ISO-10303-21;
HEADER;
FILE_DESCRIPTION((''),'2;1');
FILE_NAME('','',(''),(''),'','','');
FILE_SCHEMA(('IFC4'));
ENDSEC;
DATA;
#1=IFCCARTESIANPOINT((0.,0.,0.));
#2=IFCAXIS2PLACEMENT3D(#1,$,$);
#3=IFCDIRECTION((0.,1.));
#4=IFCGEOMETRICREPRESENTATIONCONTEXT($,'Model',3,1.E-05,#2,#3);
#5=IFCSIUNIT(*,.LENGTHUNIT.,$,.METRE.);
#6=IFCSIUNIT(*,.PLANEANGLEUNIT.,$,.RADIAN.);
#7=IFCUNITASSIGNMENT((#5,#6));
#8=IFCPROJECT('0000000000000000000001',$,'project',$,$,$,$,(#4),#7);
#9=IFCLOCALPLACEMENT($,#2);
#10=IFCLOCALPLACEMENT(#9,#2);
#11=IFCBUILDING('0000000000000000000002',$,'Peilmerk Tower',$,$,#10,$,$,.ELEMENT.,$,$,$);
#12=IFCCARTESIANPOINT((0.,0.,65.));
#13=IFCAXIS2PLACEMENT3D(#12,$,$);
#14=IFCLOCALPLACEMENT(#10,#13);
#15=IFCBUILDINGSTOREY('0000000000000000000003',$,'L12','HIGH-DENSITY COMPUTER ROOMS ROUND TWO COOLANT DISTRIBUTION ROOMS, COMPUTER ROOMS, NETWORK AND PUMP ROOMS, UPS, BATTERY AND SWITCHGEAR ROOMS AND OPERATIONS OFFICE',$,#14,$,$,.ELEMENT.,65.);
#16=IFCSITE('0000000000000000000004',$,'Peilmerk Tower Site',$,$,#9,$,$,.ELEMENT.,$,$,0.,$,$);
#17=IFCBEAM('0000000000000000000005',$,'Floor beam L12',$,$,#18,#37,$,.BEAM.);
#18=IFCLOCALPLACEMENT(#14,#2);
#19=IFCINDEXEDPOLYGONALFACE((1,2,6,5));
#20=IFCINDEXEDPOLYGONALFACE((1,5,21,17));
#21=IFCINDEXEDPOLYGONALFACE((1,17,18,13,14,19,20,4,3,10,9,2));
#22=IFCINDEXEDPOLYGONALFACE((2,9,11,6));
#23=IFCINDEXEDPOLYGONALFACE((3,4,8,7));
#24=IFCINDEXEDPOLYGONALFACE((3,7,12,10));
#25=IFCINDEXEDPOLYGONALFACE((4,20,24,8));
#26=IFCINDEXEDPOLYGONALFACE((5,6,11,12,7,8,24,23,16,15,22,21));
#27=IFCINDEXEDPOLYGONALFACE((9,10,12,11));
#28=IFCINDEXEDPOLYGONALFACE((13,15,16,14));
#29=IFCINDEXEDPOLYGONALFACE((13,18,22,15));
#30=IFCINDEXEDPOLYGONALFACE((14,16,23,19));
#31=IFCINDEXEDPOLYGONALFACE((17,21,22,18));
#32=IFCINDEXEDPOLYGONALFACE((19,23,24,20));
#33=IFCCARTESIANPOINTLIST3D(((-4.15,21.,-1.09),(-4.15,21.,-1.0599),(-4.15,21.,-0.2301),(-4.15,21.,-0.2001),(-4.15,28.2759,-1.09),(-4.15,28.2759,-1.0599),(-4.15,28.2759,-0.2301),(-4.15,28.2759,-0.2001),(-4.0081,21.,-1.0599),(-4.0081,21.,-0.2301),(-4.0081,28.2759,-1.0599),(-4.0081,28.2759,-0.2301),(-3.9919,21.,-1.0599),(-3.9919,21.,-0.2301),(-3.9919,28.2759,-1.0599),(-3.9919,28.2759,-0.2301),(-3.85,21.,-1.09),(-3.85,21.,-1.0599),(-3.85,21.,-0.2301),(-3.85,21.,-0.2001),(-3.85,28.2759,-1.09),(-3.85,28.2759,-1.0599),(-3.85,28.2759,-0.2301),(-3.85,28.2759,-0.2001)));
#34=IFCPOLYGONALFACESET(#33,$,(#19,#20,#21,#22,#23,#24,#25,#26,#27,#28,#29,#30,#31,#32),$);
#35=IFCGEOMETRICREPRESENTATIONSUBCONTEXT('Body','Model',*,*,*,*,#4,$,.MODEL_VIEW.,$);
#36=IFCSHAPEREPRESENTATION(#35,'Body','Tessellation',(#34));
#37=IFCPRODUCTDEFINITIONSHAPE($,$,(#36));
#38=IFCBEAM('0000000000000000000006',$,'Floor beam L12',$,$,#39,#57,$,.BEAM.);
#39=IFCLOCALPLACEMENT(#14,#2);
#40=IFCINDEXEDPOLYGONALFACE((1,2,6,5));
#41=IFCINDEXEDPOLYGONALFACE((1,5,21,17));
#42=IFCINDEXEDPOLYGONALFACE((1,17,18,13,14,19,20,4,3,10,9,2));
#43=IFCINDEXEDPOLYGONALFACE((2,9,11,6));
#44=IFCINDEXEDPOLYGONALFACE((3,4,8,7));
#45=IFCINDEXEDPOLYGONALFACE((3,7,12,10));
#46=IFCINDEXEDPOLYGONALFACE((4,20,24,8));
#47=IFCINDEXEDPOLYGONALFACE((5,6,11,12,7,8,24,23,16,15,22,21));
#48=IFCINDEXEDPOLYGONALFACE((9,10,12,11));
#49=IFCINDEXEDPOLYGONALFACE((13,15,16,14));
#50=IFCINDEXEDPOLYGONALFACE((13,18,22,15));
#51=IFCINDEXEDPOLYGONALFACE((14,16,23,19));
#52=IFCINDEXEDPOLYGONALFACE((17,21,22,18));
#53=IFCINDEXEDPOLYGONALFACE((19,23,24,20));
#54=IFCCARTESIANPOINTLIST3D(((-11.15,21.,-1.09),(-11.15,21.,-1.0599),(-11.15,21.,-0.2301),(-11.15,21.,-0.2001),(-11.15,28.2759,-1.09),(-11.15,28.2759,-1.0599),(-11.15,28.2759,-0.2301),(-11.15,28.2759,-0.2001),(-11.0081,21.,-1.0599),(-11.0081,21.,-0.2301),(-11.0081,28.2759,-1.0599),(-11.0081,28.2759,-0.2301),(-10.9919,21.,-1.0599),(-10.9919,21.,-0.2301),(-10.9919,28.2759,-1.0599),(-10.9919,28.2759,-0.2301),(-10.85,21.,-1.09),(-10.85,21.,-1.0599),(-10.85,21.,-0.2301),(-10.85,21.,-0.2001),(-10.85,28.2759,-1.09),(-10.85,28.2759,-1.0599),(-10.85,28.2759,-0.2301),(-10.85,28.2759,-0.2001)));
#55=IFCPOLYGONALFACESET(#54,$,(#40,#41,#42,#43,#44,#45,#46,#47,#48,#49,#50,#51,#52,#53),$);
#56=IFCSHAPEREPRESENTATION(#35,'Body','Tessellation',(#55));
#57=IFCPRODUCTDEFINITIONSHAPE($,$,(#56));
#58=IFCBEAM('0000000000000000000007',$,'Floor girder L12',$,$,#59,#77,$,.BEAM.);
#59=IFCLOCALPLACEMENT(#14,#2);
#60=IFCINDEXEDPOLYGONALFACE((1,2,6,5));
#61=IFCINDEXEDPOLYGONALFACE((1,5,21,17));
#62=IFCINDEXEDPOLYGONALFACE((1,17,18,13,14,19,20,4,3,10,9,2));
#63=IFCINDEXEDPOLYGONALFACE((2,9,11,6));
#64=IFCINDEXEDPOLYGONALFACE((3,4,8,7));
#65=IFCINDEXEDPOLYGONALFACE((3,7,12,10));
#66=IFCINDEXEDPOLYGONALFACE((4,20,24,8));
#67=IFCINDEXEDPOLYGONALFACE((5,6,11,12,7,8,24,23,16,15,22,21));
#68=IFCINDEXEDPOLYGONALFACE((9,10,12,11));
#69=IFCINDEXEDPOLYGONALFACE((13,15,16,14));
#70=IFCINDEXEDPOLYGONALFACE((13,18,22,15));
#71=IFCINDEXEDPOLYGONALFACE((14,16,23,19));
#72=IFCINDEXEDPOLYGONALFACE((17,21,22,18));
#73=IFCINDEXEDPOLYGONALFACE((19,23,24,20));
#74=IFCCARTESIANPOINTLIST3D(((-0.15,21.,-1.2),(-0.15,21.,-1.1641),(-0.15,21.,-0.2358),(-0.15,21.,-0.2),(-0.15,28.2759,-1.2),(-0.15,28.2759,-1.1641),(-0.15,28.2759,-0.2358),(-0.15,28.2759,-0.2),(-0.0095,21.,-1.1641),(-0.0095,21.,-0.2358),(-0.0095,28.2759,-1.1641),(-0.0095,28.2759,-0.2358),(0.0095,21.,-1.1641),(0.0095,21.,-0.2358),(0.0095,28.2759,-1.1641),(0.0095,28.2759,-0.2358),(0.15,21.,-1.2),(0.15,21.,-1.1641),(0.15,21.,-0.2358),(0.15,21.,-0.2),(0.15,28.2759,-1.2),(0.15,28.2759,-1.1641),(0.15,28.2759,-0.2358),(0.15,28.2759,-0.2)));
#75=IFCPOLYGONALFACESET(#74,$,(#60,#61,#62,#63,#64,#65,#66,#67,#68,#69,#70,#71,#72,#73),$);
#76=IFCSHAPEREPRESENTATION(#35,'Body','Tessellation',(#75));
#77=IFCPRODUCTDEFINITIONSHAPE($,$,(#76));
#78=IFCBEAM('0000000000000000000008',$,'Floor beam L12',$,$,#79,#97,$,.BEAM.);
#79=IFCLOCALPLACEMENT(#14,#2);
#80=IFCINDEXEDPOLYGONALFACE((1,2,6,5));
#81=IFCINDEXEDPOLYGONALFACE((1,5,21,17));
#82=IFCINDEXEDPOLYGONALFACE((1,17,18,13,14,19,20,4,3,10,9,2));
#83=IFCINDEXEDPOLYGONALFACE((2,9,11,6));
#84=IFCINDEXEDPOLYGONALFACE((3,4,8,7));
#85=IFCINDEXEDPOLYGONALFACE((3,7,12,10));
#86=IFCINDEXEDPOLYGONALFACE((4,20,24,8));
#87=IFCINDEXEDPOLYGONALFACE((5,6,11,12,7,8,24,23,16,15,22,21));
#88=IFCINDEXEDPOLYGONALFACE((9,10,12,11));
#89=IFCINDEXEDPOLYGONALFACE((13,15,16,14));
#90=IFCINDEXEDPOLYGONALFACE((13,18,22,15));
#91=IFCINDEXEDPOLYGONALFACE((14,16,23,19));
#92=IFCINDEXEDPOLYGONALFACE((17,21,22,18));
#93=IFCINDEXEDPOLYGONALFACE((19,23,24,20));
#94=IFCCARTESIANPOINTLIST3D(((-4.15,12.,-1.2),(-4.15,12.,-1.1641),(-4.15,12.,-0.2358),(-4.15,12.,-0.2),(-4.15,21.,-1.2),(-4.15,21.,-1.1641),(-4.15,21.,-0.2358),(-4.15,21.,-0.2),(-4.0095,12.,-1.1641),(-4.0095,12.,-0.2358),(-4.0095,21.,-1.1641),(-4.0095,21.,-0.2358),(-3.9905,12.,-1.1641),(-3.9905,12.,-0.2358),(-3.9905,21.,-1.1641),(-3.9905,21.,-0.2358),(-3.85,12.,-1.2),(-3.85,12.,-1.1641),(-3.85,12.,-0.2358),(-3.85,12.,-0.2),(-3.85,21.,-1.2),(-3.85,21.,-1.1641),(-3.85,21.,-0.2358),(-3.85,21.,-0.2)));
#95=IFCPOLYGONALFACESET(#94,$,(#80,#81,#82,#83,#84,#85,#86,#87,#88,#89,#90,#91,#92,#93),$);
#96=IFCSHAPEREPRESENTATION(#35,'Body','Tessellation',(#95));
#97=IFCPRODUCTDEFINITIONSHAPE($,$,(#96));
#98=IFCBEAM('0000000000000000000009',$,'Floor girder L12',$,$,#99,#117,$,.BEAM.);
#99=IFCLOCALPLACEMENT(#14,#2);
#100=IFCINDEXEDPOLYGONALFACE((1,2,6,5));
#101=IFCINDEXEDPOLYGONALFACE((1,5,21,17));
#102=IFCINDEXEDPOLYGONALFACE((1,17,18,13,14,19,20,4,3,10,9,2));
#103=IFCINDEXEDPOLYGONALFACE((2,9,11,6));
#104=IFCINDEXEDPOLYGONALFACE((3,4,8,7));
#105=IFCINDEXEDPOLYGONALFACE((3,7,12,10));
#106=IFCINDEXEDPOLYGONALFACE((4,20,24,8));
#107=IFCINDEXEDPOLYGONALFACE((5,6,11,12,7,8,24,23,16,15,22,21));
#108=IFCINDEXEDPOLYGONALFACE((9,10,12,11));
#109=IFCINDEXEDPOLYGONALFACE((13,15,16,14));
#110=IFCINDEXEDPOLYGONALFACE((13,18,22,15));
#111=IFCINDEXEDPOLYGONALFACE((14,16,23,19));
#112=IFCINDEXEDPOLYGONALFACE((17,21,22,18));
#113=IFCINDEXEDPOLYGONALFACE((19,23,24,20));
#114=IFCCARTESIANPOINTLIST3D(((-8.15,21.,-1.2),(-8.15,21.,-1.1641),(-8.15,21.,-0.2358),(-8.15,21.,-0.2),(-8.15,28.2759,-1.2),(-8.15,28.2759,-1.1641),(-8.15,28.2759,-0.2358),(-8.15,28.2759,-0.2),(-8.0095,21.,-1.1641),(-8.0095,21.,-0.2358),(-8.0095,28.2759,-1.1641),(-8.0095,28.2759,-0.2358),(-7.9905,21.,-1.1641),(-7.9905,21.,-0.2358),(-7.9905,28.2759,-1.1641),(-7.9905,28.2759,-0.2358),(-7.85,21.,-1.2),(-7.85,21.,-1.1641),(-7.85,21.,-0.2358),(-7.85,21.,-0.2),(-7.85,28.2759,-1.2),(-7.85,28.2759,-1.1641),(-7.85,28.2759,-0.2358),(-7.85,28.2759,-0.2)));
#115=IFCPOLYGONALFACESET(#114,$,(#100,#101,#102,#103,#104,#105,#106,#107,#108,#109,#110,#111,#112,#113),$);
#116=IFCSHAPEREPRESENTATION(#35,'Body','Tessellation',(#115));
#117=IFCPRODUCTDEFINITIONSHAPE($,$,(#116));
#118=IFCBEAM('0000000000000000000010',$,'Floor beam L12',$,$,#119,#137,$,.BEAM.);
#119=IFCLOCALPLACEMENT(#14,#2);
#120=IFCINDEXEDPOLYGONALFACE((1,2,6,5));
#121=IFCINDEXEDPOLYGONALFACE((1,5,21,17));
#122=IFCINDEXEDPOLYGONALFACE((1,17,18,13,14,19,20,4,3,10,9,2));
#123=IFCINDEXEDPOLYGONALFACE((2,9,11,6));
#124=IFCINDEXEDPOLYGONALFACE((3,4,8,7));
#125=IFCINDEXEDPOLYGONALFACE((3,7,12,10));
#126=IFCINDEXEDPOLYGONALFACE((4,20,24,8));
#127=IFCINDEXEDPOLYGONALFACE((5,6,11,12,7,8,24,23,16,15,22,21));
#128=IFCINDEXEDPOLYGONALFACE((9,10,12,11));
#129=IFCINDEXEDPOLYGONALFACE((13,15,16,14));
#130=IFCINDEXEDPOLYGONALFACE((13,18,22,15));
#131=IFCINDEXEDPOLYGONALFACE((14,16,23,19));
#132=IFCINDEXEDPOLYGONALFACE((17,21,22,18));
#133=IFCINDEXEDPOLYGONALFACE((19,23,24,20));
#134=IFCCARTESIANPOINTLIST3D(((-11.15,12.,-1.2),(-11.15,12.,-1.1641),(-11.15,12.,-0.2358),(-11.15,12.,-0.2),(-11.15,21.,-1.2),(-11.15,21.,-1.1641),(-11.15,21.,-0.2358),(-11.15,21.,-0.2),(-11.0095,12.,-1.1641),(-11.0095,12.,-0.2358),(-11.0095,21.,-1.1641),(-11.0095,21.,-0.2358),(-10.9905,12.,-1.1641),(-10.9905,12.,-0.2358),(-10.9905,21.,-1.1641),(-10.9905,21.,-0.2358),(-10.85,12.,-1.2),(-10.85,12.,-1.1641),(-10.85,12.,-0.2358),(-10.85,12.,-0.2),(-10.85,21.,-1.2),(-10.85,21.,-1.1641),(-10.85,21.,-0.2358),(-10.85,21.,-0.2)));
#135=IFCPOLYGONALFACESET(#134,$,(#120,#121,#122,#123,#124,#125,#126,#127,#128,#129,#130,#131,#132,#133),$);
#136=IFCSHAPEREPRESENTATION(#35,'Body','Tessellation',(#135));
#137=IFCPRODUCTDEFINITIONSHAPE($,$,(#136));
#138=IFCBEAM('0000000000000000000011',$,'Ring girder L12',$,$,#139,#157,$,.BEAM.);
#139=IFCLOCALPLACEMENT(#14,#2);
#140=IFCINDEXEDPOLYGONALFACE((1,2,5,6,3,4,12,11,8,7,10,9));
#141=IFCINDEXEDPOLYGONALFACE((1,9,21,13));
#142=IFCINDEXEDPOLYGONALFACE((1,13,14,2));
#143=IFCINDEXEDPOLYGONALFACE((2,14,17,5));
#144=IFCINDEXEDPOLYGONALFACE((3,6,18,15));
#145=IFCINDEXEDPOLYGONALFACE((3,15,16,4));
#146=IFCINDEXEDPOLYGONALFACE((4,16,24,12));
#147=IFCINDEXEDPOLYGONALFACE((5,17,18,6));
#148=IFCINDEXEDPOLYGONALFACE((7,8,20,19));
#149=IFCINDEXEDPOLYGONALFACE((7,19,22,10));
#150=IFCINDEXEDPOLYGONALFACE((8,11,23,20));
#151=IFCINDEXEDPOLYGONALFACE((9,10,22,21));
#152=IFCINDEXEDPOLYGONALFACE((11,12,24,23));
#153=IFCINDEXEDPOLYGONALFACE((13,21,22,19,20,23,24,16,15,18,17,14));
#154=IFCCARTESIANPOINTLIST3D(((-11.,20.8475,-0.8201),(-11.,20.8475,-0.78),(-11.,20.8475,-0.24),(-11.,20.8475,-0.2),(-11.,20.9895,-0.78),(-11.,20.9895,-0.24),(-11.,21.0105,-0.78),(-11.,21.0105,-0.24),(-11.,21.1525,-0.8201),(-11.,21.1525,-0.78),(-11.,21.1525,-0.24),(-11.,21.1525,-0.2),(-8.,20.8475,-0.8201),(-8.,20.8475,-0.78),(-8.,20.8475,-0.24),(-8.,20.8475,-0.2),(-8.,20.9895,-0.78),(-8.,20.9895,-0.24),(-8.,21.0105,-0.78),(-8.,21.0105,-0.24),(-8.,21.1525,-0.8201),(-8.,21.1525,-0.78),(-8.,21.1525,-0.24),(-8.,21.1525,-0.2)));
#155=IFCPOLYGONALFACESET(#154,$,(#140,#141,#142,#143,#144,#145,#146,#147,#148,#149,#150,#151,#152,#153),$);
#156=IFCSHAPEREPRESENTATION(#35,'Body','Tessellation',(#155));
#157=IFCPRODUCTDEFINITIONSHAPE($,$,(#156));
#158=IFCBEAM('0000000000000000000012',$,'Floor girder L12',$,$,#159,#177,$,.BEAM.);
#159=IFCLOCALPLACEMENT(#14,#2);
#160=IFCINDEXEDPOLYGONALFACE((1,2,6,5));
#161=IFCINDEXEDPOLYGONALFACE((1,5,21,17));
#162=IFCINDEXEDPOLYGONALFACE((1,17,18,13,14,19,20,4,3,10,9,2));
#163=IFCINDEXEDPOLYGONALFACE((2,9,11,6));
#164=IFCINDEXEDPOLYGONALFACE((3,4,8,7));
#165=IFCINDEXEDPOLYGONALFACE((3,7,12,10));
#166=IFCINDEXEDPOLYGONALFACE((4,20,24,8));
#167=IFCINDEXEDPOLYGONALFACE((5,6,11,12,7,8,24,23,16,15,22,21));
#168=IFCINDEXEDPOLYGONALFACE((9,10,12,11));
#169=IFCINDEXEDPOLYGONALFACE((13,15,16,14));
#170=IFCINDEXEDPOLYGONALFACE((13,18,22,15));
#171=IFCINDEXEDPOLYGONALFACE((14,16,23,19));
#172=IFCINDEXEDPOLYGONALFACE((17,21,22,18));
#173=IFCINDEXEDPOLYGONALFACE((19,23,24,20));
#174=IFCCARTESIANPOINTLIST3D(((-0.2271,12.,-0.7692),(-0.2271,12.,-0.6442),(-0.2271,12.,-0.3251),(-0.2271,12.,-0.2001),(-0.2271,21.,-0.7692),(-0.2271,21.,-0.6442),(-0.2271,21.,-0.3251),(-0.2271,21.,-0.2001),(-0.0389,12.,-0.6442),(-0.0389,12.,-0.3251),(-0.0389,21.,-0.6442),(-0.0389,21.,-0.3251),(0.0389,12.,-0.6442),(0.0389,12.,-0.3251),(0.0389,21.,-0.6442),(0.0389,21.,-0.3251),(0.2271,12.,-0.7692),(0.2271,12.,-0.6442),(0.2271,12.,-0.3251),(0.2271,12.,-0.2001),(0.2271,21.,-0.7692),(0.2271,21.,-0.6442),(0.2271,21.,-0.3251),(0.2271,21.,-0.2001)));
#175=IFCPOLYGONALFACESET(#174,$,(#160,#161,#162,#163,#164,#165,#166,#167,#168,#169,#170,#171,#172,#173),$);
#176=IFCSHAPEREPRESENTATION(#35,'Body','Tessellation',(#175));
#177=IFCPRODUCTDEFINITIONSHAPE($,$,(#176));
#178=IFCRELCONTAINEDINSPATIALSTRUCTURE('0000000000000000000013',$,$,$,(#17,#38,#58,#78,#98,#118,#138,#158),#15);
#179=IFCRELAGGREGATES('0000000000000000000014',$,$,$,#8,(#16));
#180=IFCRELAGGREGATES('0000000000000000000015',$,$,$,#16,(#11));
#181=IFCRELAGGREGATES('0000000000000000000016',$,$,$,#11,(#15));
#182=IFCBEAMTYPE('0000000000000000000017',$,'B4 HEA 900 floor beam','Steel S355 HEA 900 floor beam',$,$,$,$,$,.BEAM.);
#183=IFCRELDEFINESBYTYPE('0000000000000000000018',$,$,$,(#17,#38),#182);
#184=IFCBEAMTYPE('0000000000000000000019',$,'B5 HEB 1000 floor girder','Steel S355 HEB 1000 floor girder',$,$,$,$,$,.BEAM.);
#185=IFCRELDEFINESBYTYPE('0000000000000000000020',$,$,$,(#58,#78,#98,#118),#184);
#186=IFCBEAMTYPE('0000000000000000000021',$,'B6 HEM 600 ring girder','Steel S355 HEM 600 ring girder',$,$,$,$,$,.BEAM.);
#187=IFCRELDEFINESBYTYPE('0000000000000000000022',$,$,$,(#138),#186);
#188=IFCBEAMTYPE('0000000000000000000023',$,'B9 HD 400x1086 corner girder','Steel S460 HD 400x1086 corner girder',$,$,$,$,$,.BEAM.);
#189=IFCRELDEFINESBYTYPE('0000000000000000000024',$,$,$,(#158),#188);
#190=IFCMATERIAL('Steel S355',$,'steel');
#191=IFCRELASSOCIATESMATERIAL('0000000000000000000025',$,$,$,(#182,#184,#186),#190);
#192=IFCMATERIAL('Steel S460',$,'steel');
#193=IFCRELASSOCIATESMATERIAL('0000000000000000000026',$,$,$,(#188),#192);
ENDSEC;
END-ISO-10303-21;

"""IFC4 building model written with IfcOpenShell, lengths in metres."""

from ifc_helpers import new_model, si_unit, direction, frame, origin, origin_2d, place, context, subcontext, project, spatial, i_section, extrude, material, material_profile, profile_set, type_object, element, save


model = new_model("IFC4")

# Units and contexts
model_context = context("Model", 3, precision=1e-05, world=origin(), true_north=direction((0.0, 1.0)))
body_context = subcontext(model_context, "Body", "Model", "MODEL_VIEW")
ifc_project = project(units=[si_unit("LENGTHUNIT", "METRE"), si_unit("PLANEANGLEUNIT", "RADIAN")], contexts=[model_context])

# Site, building, storey
site_placement = place(None, origin())
site = spatial("IfcSite", under=ifc_project, at=site_placement, Name="Peilmerk Tower Site", CompositionType="ELEMENT", RefElevation=0.0)
building_placement = place(site_placement, origin())
building = spatial("IfcBuilding", under=site, at=building_placement, Name="Peilmerk Tower", CompositionType="ELEMENT")
storey_placement = place(building_placement, frame((0.0, 0.0, 65.0)))
storey = spatial("IfcBuildingStorey", under=building, at=storey_placement, Name="L12", Description="HIGH-DENSITY COMPUTER ROOMS ROUND TWO COOLANT DISTRIBUTION ROOMS, COMPUTER ROOMS, NETWORK AND PUMP ROOMS, UPS, BATTERY AND SWITCHGEAR ROOMS AND OPERATIONS OFFICE", CompositionType="ELEMENT", Elevation=65.0)

# Beams
ifc_material_1 = material(Name="Steel S355", Category="steel")
ifc_material_profile_1 = material_profile(ifc_material_1, i_section(OverallWidth=0.3, OverallDepth=0.8899, WebThickness=0.0161, FlangeThickness=0.03, at=origin_2d()), Name="HEA 900")
ifc_profile_set_1 = profile_set([ifc_material_profile_1], Name="Steel S355")
beam_type_1 = type_object("IfcBeamType", Name="B4 HEA 900 floor beam", Description="Steel S355 HEA 900 floor beam", PredefinedType="BEAM", material=ifc_profile_set_1)
for number, where, z_axis, x_axis, name in (
    (1, (-4.0, 21.0, -0.645), (0.0, 1.0, 0.0), (-1.0, 0.0, 0.0), "Floor beam L12"),
    (2, (-11.0, 21.0, -0.645), (0.0, 1.0, 0.0), (-1.0, 0.0, 0.0), "Floor beam L12"),
):
    element("IfcBeam", number, at=place(storey_placement, frame(where, z_axis=z_axis, x_axis=x_axis)), inside=storey, type_object=beam_type_1, Name=name, PredefinedType="BEAM", context=body_context, shape_type="SweptSolid", body=[
        extrude(i_section(OverallWidth=0.3, OverallDepth=0.8899, WebThickness=0.0161, FlangeThickness=0.03, at=origin_2d()), origin(), (0.0, 0.0, 1.0), 7.2759),
    ])
ifc_material_profile_2 = material_profile(ifc_material_1, i_section(OverallWidth=0.3, OverallDepth=1.0, WebThickness=0.019, FlangeThickness=0.0359, at=origin_2d()), Name="HEB 1000")
ifc_profile_set_2 = profile_set([ifc_material_profile_2], Name="Steel S355")
beam_type_2 = type_object("IfcBeamType", Name="B5 HEB 1000 floor girder", Description="Steel S355 HEB 1000 floor girder", PredefinedType="BEAM", material=ifc_profile_set_2)
beam_1_placement = place(storey_placement, frame((0.0, 21.0, -0.7), z_axis=(0.0, 1.0, 0.0), x_axis=(-1.0, 0.0, 0.0)))
element("IfcBeam", 3, at=beam_1_placement, inside=storey, type_object=beam_type_2, Name="Floor girder L12", PredefinedType="BEAM", context=body_context, shape_type="SweptSolid", body=[
    extrude(i_section(OverallWidth=0.3, OverallDepth=1.0, WebThickness=0.019, FlangeThickness=0.0359, at=origin_2d()), origin(), (0.0, 0.0, 1.0), 7.2759),
])
beam_2_placement = place(storey_placement, frame((-4.0, 12.0, -0.7), z_axis=(0.0, 1.0, 0.0), x_axis=(-1.0, 0.0, 0.0)))
element("IfcBeam", 4, at=beam_2_placement, inside=storey, type_object=beam_type_2, Name="Floor beam L12", PredefinedType="BEAM", context=body_context, shape_type="SweptSolid", body=[
    extrude(i_section(OverallWidth=0.3, OverallDepth=1.0, WebThickness=0.019, FlangeThickness=0.0359, at=origin_2d()), origin(), (0.0, 0.0, 1.0), 9.0),
])
beam_3_placement = place(storey_placement, frame((-8.0, 21.0, -0.7), z_axis=(0.0, 1.0, 0.0), x_axis=(-1.0, 0.0, 0.0)))
element("IfcBeam", 5, at=beam_3_placement, inside=storey, type_object=beam_type_2, Name="Floor girder L12", PredefinedType="BEAM", context=body_context, shape_type="SweptSolid", body=[
    extrude(i_section(OverallWidth=0.3, OverallDepth=1.0, WebThickness=0.019, FlangeThickness=0.0359, at=origin_2d()), origin(), (0.0, 0.0, 1.0), 7.2759),
])
beam_4_placement = place(storey_placement, frame((-11.0, 12.0, -0.7), z_axis=(0.0, 1.0, 0.0), x_axis=(-1.0, 0.0, 0.0)))
element("IfcBeam", 6, at=beam_4_placement, inside=storey, type_object=beam_type_2, Name="Floor beam L12", PredefinedType="BEAM", context=body_context, shape_type="SweptSolid", body=[
    extrude(i_section(OverallWidth=0.3, OverallDepth=1.0, WebThickness=0.019, FlangeThickness=0.0359, at=origin_2d()), origin(), (0.0, 0.0, 1.0), 9.0),
])
ifc_material_profile_3 = material_profile(ifc_material_1, i_section(OverallWidth=0.3049, OverallDepth=0.6201, WebThickness=0.021, FlangeThickness=0.04, at=origin_2d()), Name="HEM 600")
ifc_profile_set_3 = profile_set([ifc_material_profile_3], Name="Steel S355")
beam_type_3 = type_object("IfcBeamType", Name="B6 HEM 600 ring girder", Description="Steel S355 HEM 600 ring girder", PredefinedType="BEAM", material=ifc_profile_set_3)
beam_5_placement = place(storey_placement, frame((-8.0, 21.0, -0.51), z_axis=(-1.0, 0.0, 0.0), x_axis=(0.0, -1.0, 0.0)))
element("IfcBeam", 7, at=beam_5_placement, inside=storey, type_object=beam_type_3, Name="Ring girder L12", PredefinedType="BEAM", context=body_context, shape_type="SweptSolid", body=[
    extrude(i_section(OverallWidth=0.3049, OverallDepth=0.6201, WebThickness=0.021, FlangeThickness=0.04, at=origin_2d()), origin(), (0.0, 0.0, 1.0), 3.0),
])
ifc_material_2 = material(Name="Steel S460", Category="steel")
ifc_material_profile_4 = material_profile(ifc_material_2, i_section(OverallWidth=0.4541, OverallDepth=0.5691, WebThickness=0.0779, FlangeThickness=0.125, at=origin_2d()), Name="HD 400x1086")
ifc_profile_set_4 = profile_set([ifc_material_profile_4], Name="Steel S460")
beam_type_4 = type_object("IfcBeamType", Name="B9 HD 400x1086 corner girder", Description="Steel S460 HD 400x1086 corner girder", PredefinedType="BEAM", material=ifc_profile_set_4)
for number, where, z_axis, x_axis, name in (
    (8, (0.0, 12.0, -0.4846), (0.0, 1.0, 0.0), (-1.0, 0.0, 0.0), "Floor girder L12"),
):
    element("IfcBeam", number, at=place(storey_placement, frame(where, z_axis=z_axis, x_axis=x_axis)), inside=storey, type_object=beam_type_4, Name=name, PredefinedType="BEAM", context=body_context, shape_type="SweptSolid", body=[
        extrude(i_section(OverallWidth=0.4541, OverallDepth=0.5691, WebThickness=0.0779, FlangeThickness=0.125, at=origin_2d()), origin(), (0.0, 0.0, 1.0), 9.0),
    ])

save(model, "model.ifc")
